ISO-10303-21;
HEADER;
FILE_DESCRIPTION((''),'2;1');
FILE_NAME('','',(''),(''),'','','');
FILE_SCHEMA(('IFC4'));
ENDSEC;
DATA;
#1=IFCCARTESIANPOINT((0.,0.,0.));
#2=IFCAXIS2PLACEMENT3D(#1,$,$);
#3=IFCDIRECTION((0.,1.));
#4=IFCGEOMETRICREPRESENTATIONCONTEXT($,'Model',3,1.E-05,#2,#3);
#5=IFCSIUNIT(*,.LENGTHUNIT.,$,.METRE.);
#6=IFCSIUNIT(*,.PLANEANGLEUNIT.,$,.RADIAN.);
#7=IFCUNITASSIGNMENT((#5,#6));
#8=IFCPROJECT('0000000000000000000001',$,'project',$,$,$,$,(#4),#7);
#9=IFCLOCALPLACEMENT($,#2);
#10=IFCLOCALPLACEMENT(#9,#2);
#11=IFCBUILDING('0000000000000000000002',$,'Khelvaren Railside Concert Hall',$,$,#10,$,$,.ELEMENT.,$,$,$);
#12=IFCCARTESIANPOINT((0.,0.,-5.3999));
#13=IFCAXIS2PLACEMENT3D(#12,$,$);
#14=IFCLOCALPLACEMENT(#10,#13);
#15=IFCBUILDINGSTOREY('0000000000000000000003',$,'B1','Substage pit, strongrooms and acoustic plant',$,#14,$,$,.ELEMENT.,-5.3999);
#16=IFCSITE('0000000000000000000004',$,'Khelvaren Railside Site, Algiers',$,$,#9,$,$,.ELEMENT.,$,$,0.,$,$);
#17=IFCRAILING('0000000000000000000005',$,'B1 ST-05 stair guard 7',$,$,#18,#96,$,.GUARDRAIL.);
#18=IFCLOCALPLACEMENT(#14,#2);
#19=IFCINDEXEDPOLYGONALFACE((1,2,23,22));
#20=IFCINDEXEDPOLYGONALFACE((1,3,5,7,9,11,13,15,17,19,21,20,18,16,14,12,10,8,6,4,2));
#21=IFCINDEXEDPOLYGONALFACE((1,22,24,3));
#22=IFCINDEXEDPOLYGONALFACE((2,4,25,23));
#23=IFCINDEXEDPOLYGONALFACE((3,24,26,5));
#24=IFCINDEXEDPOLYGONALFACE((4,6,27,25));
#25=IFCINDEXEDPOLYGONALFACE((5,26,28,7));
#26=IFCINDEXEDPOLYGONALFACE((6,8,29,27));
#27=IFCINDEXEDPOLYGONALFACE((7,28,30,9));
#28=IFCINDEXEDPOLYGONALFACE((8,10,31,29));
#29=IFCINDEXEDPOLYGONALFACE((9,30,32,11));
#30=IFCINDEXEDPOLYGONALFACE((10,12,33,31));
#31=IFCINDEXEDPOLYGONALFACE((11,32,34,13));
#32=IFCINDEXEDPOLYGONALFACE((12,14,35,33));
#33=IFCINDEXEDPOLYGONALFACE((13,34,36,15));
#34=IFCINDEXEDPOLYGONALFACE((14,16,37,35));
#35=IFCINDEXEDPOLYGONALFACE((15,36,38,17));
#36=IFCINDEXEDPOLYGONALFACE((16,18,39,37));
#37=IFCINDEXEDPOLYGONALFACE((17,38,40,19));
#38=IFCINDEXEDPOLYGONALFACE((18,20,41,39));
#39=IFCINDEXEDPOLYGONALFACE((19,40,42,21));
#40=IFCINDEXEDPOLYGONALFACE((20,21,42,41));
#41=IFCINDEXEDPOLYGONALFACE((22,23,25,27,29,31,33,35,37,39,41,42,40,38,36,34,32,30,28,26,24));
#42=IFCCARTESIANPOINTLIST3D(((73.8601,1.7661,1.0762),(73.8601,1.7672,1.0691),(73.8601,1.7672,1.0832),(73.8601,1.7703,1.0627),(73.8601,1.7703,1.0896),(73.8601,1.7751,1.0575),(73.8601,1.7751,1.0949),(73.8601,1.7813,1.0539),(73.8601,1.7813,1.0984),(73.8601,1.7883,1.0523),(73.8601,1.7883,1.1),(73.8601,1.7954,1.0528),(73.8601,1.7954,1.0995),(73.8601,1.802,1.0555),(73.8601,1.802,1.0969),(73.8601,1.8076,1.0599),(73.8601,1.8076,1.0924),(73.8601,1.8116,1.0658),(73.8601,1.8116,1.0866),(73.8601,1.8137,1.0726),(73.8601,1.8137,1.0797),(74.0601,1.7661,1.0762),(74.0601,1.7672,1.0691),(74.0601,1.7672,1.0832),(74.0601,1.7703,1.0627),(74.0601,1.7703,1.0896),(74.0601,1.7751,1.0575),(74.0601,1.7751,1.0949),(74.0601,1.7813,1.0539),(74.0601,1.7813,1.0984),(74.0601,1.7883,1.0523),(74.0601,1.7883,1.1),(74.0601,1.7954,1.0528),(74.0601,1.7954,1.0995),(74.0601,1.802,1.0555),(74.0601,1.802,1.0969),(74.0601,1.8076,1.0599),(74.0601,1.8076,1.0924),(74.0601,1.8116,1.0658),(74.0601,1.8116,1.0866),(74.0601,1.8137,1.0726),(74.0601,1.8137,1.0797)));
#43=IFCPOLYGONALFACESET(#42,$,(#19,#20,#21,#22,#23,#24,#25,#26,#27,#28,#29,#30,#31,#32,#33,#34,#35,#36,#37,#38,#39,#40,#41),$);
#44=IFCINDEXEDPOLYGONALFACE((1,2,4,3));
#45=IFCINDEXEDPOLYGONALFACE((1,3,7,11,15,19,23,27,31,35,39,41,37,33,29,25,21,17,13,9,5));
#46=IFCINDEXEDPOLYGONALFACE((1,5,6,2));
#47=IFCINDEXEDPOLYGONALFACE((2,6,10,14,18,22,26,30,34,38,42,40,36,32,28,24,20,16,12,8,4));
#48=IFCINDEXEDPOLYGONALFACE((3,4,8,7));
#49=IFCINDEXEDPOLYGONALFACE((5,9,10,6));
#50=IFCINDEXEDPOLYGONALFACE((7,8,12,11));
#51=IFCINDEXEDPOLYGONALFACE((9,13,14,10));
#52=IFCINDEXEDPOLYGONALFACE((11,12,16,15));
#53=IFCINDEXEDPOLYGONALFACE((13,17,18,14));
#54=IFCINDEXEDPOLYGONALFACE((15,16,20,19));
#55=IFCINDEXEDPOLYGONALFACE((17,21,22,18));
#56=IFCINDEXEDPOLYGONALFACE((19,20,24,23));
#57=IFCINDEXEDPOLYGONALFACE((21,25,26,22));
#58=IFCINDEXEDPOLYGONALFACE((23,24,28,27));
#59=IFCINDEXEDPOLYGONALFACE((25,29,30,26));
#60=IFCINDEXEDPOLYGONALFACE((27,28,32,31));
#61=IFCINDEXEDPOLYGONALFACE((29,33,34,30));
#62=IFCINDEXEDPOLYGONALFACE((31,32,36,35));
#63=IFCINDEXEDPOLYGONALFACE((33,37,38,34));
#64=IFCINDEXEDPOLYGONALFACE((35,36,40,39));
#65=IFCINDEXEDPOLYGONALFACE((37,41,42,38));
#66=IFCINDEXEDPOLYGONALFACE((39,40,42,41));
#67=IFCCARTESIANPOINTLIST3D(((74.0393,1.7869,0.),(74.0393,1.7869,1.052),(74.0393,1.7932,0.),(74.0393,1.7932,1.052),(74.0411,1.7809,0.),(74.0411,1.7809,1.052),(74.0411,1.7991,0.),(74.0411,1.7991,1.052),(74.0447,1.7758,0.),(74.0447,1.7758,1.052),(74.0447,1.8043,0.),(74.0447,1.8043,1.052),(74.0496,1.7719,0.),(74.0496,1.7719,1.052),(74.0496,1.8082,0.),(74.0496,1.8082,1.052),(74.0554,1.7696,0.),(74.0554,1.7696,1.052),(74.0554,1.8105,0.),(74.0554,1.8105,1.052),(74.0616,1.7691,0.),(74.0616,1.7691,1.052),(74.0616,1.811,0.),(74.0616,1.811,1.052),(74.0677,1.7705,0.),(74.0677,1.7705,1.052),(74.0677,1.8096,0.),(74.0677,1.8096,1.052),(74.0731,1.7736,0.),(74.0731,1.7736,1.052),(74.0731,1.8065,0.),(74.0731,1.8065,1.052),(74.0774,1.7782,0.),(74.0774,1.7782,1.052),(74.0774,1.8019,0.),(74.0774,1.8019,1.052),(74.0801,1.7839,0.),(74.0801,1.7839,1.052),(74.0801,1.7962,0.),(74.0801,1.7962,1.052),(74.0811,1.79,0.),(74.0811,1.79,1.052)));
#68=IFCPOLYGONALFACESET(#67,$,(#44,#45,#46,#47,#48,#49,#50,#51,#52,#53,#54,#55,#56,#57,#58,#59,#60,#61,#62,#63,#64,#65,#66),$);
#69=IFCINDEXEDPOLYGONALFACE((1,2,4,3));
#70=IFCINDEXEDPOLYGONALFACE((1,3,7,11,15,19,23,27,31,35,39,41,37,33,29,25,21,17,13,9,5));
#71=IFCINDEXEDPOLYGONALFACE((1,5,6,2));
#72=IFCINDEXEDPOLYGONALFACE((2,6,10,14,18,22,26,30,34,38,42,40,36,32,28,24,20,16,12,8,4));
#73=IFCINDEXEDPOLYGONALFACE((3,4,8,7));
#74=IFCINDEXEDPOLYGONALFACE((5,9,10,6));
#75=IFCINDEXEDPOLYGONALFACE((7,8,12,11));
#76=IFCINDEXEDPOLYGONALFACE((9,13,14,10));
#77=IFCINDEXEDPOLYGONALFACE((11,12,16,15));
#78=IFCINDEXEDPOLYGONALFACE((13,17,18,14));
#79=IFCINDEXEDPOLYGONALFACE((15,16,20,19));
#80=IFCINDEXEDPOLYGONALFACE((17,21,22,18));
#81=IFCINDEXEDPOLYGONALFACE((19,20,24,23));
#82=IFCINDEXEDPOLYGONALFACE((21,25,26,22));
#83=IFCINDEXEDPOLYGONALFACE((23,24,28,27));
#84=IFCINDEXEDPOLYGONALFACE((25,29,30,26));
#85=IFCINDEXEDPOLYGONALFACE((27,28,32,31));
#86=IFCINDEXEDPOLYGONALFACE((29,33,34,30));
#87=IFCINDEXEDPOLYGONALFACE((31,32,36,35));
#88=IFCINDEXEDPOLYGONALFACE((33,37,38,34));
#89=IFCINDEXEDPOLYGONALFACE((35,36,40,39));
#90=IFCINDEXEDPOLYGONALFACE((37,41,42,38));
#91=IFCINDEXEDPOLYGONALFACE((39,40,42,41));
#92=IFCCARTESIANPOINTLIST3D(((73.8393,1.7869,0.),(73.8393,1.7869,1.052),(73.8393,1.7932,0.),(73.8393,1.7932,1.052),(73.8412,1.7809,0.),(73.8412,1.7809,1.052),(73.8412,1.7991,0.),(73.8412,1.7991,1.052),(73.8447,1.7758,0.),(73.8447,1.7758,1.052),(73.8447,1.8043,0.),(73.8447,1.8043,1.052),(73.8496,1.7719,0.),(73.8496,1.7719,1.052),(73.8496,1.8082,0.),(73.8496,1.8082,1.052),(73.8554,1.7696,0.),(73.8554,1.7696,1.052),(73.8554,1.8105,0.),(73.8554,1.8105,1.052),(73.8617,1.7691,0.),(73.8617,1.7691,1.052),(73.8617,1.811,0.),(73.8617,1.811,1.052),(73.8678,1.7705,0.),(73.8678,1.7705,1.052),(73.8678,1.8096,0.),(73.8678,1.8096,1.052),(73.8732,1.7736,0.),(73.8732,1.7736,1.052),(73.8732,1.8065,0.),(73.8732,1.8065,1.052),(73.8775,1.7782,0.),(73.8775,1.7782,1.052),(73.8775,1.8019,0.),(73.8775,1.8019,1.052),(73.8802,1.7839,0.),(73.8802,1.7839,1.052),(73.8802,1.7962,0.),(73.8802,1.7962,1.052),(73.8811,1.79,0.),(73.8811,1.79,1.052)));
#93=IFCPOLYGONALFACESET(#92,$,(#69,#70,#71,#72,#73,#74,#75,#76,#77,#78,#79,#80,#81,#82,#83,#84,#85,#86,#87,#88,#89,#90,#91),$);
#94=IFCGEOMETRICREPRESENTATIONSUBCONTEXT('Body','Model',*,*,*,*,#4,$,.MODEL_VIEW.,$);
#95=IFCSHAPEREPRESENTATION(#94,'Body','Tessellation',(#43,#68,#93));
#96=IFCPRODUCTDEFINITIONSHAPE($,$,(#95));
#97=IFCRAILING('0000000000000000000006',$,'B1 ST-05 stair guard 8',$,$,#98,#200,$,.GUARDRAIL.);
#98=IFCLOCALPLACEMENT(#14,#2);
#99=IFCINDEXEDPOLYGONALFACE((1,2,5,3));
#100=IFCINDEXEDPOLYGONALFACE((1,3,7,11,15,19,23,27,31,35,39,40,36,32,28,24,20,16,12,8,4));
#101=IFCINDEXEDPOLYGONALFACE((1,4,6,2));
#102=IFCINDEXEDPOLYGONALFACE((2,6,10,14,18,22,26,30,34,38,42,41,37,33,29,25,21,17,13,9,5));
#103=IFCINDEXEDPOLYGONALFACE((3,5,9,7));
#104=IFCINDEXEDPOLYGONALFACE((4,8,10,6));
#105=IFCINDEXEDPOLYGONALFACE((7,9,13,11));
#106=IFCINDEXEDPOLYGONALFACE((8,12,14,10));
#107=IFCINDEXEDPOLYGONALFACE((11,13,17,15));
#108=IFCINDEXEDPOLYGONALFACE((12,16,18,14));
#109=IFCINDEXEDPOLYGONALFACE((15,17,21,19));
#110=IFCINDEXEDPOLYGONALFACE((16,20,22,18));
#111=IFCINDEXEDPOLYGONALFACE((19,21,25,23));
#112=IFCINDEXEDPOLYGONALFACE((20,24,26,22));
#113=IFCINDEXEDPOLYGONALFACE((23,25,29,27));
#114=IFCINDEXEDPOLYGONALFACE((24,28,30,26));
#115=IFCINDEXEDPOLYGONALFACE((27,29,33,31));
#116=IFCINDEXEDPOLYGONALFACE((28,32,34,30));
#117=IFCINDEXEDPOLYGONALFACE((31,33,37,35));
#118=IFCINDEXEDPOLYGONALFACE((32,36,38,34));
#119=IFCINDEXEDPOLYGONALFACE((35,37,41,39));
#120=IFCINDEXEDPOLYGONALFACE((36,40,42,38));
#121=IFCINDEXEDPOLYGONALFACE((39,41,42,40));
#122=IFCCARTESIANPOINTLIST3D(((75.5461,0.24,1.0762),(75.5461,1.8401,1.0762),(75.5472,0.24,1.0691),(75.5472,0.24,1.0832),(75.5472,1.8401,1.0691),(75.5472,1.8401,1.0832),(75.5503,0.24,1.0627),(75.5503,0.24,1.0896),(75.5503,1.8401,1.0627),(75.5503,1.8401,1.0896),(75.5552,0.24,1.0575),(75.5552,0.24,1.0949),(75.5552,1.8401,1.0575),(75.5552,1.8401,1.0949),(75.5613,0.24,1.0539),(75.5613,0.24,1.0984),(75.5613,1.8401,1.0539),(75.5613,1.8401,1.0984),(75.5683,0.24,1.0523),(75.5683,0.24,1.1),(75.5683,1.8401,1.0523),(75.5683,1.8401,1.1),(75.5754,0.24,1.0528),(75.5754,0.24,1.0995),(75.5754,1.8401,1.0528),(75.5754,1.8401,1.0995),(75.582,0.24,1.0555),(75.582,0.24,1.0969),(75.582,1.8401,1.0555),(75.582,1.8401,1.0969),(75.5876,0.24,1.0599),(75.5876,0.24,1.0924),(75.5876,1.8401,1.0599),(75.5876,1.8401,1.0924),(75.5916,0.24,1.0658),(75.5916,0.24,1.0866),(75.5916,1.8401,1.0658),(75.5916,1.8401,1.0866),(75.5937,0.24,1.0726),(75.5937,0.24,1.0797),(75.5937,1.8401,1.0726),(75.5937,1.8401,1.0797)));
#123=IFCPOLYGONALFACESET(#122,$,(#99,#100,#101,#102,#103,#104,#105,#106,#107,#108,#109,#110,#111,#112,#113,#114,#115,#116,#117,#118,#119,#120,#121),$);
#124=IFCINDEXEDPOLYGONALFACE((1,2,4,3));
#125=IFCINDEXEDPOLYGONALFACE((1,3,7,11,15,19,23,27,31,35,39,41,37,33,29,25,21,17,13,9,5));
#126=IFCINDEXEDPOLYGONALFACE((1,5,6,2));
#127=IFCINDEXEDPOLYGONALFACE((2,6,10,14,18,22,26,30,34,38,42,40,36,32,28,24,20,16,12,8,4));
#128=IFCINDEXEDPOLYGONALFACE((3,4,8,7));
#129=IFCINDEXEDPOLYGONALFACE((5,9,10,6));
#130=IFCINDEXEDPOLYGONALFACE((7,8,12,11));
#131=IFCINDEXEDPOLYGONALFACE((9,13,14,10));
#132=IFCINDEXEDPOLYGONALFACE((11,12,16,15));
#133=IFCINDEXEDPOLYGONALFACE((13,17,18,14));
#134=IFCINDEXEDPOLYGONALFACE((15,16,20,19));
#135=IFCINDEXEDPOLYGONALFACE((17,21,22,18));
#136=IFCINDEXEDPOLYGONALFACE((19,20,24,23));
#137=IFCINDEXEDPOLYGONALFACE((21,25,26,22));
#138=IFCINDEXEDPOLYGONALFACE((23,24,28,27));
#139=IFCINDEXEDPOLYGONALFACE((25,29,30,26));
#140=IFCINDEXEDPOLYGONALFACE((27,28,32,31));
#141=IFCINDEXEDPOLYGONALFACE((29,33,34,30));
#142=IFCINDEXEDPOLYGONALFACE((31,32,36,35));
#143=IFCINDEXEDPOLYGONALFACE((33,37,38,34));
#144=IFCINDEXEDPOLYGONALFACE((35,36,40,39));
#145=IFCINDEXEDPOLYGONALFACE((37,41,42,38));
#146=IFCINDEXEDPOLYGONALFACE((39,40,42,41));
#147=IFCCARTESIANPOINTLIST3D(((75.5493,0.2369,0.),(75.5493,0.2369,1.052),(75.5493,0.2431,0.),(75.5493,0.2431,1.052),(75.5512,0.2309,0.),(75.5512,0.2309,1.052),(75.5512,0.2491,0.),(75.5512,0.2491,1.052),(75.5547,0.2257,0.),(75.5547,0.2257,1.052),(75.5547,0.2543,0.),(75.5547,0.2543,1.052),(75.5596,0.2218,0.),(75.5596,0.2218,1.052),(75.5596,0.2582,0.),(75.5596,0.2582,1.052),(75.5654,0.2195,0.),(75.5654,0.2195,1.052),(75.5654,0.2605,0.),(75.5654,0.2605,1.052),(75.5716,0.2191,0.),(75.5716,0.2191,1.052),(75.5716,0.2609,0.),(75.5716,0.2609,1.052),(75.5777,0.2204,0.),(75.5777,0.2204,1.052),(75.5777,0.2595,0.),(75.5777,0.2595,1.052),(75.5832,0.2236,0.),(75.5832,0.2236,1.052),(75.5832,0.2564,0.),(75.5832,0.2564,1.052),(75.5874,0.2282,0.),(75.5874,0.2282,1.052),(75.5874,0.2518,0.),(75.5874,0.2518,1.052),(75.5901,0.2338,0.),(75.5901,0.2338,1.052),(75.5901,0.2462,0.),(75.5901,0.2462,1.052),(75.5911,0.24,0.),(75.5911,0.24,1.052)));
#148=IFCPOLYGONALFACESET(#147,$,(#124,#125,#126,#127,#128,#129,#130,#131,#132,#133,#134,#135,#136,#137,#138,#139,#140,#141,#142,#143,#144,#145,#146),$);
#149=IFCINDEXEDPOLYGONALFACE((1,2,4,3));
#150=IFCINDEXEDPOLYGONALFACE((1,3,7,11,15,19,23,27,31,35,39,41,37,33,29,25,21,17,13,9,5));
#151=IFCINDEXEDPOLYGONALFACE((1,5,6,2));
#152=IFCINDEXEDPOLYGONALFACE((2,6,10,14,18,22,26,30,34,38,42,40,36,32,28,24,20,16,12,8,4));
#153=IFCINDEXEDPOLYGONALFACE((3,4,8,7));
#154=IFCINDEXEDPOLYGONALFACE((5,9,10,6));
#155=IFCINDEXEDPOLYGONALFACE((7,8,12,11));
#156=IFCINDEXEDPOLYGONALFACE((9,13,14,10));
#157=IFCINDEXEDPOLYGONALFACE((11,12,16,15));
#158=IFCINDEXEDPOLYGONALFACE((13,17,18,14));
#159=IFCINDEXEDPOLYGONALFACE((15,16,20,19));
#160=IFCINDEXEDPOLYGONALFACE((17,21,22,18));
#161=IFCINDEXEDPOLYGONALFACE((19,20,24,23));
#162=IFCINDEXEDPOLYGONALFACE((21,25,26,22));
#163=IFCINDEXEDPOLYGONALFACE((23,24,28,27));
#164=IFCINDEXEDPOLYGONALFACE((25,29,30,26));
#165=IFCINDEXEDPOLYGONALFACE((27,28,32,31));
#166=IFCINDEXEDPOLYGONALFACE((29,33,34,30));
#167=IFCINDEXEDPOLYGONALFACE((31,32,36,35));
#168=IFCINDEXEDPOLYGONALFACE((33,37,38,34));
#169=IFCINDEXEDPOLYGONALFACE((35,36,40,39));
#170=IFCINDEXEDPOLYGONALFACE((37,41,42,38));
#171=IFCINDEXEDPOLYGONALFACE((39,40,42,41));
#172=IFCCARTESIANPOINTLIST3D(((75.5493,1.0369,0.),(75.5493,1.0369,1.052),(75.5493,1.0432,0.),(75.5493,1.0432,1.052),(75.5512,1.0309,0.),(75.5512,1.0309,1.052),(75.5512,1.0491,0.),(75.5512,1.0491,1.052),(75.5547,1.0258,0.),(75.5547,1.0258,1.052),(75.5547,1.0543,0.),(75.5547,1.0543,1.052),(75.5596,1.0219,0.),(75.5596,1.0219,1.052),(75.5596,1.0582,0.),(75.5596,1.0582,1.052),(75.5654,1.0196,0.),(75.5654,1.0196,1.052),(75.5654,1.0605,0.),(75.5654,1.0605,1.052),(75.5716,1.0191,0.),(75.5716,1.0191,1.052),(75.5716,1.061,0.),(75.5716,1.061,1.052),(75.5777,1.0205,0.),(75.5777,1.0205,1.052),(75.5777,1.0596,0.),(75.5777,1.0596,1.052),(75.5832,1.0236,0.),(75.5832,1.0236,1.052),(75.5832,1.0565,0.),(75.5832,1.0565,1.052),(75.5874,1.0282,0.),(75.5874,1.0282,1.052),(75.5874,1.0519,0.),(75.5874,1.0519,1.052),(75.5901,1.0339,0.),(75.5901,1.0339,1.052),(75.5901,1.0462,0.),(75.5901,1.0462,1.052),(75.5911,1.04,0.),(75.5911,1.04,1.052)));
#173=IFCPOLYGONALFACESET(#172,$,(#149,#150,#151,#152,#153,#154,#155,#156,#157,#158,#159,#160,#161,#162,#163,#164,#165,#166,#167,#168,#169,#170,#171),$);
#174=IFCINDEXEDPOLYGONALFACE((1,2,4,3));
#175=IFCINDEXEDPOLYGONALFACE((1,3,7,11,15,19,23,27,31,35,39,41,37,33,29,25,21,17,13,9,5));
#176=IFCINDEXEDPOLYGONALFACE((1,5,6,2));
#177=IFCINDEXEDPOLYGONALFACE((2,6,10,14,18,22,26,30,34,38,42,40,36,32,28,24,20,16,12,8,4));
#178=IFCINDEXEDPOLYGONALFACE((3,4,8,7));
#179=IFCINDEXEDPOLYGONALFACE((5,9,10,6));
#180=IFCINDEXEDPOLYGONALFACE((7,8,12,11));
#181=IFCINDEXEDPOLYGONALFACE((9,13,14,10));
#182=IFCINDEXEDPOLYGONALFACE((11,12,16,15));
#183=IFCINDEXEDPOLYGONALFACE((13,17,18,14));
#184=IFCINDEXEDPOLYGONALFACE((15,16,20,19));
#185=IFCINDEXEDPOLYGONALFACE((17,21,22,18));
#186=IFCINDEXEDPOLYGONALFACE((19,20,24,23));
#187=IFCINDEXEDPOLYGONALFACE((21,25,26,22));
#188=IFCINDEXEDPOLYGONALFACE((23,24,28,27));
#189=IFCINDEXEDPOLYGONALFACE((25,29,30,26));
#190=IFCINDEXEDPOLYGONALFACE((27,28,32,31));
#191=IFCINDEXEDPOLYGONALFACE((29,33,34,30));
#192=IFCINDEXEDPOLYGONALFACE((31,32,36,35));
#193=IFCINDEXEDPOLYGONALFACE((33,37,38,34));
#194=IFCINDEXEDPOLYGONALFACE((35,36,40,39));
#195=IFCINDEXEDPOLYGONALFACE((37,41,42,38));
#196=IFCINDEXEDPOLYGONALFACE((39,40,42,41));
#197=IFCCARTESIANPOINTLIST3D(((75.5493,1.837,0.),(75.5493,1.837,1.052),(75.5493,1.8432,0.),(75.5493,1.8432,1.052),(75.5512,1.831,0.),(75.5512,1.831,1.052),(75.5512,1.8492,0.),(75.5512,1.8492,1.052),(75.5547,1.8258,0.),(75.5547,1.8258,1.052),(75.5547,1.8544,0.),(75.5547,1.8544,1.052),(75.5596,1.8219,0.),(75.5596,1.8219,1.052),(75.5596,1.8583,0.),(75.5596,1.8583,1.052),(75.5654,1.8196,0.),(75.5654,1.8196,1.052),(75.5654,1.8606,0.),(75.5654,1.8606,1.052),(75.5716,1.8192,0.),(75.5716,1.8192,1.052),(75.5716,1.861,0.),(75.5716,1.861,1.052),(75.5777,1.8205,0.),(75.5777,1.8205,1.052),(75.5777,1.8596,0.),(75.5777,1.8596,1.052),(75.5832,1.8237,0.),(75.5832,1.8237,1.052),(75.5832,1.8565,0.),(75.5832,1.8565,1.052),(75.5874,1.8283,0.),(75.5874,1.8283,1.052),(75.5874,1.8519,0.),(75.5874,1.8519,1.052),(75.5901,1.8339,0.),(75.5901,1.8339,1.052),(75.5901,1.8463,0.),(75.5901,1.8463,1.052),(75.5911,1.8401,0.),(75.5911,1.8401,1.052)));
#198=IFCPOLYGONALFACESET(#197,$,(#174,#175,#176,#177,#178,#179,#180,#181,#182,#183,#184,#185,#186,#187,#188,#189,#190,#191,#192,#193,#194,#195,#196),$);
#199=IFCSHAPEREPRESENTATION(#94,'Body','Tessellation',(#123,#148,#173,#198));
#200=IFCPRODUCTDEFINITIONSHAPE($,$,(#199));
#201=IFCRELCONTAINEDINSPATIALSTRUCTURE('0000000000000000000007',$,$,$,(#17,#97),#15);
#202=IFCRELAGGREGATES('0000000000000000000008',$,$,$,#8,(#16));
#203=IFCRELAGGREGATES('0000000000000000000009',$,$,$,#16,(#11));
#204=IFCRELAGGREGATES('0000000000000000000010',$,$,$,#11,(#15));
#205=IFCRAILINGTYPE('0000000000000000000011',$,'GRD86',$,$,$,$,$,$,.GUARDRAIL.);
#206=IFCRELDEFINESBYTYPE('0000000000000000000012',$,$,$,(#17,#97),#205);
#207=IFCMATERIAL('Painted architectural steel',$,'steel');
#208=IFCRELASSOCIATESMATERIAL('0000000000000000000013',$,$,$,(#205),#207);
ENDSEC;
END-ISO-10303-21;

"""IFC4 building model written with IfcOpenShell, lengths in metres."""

from ifc_helpers import new_model, si_unit, direction, frame, origin, origin_2d, place, context, subcontext, project, spatial, circle, extrude, material, type_object, element, save


model = new_model("IFC4")

# Units and contexts
model_context = context("Model", 3, precision=1e-05, world=origin(), true_north=direction((0.0, 1.0)))
body_context = subcontext(model_context, "Body", "Model", "MODEL_VIEW")
ifc_project = project(units=[si_unit("LENGTHUNIT", "METRE"), si_unit("PLANEANGLEUNIT", "RADIAN")], contexts=[model_context])

# Site, building, storey
site_placement = place(None, origin())
site = spatial("IfcSite", under=ifc_project, at=site_placement, Name="Khelvaren Railside Site, Algiers", CompositionType="ELEMENT", RefElevation=0.0)
building_placement = place(site_placement, origin())
building = spatial("IfcBuilding", under=site, at=building_placement, Name="Khelvaren Railside Concert Hall", CompositionType="ELEMENT")
storey_placement = place(building_placement, frame((0.0, 0.0, -5.3999)))
storey = spatial("IfcBuildingStorey", under=building, at=storey_placement, Name="B1", Description="Substage pit, strongrooms and acoustic plant", CompositionType="ELEMENT", Elevation=-5.3999)

# Railings
ifc_material_1 = material(Name="Painted architectural steel", Category="steel")
railing_type_1 = type_object("IfcRailingType", Name="GRD86", PredefinedType="GUARDRAIL", material=ifc_material_1)
railing_1_placement = place(storey_placement, frame((74.0601, 1.79, 0.0)))
element("IfcRailing", 1, at=railing_1_placement, inside=storey, type_object=railing_type_1, Name="B1 ST-05 stair guard 7", PredefinedType="GUARDRAIL", context=body_context, shape_type="SweptSolid", body=[
    extrude(circle(Radius=0.0239, at=origin_2d()), frame((0.0, 0.0, 1.0762), z_axis=(-1.0, 0.0, 0.0), x_axis=(0.0, -1.0, 0.0)), (0.0, 0.0, 1.0), 0.2),
    extrude(circle(Radius=0.021, at=origin_2d()), origin(), (0.0, 0.0, 1.0), 1.052),
    extrude(circle(Radius=0.021, at=origin_2d()), frame((-0.2, 0.0, 0.0)), (0.0, 0.0, 1.0), 1.052),
])
railing_2_placement = place(storey_placement, frame((75.5701, 0.24, 0.0)))
element("IfcRailing", 2, at=railing_2_placement, inside=storey, type_object=railing_type_1, Name="B1 ST-05 stair guard 8", PredefinedType="GUARDRAIL", context=body_context, shape_type="SweptSolid", body=[
    extrude(circle(Radius=0.0239, at=origin_2d()), frame((0.0, 0.0, 1.0762), z_axis=(0.0, 1.0, 0.0), x_axis=(-1.0, 0.0, 0.0)), (0.0, 0.0, 1.0), 1.6001),
    extrude(circle(Radius=0.021, at=origin_2d()), origin(), (0.0, 0.0, 1.0), 1.052),
    extrude(circle(Radius=0.021, at=origin_2d()), frame((0.0, 0.8, 0.0)), (0.0, 0.0, 1.0), 1.052),
    extrude(circle(Radius=0.021, at=origin_2d()), frame((0.0, 1.6001, 0.0)), (0.0, 0.0, 1.0), 1.052),
])

save(model, "model.ifc")
